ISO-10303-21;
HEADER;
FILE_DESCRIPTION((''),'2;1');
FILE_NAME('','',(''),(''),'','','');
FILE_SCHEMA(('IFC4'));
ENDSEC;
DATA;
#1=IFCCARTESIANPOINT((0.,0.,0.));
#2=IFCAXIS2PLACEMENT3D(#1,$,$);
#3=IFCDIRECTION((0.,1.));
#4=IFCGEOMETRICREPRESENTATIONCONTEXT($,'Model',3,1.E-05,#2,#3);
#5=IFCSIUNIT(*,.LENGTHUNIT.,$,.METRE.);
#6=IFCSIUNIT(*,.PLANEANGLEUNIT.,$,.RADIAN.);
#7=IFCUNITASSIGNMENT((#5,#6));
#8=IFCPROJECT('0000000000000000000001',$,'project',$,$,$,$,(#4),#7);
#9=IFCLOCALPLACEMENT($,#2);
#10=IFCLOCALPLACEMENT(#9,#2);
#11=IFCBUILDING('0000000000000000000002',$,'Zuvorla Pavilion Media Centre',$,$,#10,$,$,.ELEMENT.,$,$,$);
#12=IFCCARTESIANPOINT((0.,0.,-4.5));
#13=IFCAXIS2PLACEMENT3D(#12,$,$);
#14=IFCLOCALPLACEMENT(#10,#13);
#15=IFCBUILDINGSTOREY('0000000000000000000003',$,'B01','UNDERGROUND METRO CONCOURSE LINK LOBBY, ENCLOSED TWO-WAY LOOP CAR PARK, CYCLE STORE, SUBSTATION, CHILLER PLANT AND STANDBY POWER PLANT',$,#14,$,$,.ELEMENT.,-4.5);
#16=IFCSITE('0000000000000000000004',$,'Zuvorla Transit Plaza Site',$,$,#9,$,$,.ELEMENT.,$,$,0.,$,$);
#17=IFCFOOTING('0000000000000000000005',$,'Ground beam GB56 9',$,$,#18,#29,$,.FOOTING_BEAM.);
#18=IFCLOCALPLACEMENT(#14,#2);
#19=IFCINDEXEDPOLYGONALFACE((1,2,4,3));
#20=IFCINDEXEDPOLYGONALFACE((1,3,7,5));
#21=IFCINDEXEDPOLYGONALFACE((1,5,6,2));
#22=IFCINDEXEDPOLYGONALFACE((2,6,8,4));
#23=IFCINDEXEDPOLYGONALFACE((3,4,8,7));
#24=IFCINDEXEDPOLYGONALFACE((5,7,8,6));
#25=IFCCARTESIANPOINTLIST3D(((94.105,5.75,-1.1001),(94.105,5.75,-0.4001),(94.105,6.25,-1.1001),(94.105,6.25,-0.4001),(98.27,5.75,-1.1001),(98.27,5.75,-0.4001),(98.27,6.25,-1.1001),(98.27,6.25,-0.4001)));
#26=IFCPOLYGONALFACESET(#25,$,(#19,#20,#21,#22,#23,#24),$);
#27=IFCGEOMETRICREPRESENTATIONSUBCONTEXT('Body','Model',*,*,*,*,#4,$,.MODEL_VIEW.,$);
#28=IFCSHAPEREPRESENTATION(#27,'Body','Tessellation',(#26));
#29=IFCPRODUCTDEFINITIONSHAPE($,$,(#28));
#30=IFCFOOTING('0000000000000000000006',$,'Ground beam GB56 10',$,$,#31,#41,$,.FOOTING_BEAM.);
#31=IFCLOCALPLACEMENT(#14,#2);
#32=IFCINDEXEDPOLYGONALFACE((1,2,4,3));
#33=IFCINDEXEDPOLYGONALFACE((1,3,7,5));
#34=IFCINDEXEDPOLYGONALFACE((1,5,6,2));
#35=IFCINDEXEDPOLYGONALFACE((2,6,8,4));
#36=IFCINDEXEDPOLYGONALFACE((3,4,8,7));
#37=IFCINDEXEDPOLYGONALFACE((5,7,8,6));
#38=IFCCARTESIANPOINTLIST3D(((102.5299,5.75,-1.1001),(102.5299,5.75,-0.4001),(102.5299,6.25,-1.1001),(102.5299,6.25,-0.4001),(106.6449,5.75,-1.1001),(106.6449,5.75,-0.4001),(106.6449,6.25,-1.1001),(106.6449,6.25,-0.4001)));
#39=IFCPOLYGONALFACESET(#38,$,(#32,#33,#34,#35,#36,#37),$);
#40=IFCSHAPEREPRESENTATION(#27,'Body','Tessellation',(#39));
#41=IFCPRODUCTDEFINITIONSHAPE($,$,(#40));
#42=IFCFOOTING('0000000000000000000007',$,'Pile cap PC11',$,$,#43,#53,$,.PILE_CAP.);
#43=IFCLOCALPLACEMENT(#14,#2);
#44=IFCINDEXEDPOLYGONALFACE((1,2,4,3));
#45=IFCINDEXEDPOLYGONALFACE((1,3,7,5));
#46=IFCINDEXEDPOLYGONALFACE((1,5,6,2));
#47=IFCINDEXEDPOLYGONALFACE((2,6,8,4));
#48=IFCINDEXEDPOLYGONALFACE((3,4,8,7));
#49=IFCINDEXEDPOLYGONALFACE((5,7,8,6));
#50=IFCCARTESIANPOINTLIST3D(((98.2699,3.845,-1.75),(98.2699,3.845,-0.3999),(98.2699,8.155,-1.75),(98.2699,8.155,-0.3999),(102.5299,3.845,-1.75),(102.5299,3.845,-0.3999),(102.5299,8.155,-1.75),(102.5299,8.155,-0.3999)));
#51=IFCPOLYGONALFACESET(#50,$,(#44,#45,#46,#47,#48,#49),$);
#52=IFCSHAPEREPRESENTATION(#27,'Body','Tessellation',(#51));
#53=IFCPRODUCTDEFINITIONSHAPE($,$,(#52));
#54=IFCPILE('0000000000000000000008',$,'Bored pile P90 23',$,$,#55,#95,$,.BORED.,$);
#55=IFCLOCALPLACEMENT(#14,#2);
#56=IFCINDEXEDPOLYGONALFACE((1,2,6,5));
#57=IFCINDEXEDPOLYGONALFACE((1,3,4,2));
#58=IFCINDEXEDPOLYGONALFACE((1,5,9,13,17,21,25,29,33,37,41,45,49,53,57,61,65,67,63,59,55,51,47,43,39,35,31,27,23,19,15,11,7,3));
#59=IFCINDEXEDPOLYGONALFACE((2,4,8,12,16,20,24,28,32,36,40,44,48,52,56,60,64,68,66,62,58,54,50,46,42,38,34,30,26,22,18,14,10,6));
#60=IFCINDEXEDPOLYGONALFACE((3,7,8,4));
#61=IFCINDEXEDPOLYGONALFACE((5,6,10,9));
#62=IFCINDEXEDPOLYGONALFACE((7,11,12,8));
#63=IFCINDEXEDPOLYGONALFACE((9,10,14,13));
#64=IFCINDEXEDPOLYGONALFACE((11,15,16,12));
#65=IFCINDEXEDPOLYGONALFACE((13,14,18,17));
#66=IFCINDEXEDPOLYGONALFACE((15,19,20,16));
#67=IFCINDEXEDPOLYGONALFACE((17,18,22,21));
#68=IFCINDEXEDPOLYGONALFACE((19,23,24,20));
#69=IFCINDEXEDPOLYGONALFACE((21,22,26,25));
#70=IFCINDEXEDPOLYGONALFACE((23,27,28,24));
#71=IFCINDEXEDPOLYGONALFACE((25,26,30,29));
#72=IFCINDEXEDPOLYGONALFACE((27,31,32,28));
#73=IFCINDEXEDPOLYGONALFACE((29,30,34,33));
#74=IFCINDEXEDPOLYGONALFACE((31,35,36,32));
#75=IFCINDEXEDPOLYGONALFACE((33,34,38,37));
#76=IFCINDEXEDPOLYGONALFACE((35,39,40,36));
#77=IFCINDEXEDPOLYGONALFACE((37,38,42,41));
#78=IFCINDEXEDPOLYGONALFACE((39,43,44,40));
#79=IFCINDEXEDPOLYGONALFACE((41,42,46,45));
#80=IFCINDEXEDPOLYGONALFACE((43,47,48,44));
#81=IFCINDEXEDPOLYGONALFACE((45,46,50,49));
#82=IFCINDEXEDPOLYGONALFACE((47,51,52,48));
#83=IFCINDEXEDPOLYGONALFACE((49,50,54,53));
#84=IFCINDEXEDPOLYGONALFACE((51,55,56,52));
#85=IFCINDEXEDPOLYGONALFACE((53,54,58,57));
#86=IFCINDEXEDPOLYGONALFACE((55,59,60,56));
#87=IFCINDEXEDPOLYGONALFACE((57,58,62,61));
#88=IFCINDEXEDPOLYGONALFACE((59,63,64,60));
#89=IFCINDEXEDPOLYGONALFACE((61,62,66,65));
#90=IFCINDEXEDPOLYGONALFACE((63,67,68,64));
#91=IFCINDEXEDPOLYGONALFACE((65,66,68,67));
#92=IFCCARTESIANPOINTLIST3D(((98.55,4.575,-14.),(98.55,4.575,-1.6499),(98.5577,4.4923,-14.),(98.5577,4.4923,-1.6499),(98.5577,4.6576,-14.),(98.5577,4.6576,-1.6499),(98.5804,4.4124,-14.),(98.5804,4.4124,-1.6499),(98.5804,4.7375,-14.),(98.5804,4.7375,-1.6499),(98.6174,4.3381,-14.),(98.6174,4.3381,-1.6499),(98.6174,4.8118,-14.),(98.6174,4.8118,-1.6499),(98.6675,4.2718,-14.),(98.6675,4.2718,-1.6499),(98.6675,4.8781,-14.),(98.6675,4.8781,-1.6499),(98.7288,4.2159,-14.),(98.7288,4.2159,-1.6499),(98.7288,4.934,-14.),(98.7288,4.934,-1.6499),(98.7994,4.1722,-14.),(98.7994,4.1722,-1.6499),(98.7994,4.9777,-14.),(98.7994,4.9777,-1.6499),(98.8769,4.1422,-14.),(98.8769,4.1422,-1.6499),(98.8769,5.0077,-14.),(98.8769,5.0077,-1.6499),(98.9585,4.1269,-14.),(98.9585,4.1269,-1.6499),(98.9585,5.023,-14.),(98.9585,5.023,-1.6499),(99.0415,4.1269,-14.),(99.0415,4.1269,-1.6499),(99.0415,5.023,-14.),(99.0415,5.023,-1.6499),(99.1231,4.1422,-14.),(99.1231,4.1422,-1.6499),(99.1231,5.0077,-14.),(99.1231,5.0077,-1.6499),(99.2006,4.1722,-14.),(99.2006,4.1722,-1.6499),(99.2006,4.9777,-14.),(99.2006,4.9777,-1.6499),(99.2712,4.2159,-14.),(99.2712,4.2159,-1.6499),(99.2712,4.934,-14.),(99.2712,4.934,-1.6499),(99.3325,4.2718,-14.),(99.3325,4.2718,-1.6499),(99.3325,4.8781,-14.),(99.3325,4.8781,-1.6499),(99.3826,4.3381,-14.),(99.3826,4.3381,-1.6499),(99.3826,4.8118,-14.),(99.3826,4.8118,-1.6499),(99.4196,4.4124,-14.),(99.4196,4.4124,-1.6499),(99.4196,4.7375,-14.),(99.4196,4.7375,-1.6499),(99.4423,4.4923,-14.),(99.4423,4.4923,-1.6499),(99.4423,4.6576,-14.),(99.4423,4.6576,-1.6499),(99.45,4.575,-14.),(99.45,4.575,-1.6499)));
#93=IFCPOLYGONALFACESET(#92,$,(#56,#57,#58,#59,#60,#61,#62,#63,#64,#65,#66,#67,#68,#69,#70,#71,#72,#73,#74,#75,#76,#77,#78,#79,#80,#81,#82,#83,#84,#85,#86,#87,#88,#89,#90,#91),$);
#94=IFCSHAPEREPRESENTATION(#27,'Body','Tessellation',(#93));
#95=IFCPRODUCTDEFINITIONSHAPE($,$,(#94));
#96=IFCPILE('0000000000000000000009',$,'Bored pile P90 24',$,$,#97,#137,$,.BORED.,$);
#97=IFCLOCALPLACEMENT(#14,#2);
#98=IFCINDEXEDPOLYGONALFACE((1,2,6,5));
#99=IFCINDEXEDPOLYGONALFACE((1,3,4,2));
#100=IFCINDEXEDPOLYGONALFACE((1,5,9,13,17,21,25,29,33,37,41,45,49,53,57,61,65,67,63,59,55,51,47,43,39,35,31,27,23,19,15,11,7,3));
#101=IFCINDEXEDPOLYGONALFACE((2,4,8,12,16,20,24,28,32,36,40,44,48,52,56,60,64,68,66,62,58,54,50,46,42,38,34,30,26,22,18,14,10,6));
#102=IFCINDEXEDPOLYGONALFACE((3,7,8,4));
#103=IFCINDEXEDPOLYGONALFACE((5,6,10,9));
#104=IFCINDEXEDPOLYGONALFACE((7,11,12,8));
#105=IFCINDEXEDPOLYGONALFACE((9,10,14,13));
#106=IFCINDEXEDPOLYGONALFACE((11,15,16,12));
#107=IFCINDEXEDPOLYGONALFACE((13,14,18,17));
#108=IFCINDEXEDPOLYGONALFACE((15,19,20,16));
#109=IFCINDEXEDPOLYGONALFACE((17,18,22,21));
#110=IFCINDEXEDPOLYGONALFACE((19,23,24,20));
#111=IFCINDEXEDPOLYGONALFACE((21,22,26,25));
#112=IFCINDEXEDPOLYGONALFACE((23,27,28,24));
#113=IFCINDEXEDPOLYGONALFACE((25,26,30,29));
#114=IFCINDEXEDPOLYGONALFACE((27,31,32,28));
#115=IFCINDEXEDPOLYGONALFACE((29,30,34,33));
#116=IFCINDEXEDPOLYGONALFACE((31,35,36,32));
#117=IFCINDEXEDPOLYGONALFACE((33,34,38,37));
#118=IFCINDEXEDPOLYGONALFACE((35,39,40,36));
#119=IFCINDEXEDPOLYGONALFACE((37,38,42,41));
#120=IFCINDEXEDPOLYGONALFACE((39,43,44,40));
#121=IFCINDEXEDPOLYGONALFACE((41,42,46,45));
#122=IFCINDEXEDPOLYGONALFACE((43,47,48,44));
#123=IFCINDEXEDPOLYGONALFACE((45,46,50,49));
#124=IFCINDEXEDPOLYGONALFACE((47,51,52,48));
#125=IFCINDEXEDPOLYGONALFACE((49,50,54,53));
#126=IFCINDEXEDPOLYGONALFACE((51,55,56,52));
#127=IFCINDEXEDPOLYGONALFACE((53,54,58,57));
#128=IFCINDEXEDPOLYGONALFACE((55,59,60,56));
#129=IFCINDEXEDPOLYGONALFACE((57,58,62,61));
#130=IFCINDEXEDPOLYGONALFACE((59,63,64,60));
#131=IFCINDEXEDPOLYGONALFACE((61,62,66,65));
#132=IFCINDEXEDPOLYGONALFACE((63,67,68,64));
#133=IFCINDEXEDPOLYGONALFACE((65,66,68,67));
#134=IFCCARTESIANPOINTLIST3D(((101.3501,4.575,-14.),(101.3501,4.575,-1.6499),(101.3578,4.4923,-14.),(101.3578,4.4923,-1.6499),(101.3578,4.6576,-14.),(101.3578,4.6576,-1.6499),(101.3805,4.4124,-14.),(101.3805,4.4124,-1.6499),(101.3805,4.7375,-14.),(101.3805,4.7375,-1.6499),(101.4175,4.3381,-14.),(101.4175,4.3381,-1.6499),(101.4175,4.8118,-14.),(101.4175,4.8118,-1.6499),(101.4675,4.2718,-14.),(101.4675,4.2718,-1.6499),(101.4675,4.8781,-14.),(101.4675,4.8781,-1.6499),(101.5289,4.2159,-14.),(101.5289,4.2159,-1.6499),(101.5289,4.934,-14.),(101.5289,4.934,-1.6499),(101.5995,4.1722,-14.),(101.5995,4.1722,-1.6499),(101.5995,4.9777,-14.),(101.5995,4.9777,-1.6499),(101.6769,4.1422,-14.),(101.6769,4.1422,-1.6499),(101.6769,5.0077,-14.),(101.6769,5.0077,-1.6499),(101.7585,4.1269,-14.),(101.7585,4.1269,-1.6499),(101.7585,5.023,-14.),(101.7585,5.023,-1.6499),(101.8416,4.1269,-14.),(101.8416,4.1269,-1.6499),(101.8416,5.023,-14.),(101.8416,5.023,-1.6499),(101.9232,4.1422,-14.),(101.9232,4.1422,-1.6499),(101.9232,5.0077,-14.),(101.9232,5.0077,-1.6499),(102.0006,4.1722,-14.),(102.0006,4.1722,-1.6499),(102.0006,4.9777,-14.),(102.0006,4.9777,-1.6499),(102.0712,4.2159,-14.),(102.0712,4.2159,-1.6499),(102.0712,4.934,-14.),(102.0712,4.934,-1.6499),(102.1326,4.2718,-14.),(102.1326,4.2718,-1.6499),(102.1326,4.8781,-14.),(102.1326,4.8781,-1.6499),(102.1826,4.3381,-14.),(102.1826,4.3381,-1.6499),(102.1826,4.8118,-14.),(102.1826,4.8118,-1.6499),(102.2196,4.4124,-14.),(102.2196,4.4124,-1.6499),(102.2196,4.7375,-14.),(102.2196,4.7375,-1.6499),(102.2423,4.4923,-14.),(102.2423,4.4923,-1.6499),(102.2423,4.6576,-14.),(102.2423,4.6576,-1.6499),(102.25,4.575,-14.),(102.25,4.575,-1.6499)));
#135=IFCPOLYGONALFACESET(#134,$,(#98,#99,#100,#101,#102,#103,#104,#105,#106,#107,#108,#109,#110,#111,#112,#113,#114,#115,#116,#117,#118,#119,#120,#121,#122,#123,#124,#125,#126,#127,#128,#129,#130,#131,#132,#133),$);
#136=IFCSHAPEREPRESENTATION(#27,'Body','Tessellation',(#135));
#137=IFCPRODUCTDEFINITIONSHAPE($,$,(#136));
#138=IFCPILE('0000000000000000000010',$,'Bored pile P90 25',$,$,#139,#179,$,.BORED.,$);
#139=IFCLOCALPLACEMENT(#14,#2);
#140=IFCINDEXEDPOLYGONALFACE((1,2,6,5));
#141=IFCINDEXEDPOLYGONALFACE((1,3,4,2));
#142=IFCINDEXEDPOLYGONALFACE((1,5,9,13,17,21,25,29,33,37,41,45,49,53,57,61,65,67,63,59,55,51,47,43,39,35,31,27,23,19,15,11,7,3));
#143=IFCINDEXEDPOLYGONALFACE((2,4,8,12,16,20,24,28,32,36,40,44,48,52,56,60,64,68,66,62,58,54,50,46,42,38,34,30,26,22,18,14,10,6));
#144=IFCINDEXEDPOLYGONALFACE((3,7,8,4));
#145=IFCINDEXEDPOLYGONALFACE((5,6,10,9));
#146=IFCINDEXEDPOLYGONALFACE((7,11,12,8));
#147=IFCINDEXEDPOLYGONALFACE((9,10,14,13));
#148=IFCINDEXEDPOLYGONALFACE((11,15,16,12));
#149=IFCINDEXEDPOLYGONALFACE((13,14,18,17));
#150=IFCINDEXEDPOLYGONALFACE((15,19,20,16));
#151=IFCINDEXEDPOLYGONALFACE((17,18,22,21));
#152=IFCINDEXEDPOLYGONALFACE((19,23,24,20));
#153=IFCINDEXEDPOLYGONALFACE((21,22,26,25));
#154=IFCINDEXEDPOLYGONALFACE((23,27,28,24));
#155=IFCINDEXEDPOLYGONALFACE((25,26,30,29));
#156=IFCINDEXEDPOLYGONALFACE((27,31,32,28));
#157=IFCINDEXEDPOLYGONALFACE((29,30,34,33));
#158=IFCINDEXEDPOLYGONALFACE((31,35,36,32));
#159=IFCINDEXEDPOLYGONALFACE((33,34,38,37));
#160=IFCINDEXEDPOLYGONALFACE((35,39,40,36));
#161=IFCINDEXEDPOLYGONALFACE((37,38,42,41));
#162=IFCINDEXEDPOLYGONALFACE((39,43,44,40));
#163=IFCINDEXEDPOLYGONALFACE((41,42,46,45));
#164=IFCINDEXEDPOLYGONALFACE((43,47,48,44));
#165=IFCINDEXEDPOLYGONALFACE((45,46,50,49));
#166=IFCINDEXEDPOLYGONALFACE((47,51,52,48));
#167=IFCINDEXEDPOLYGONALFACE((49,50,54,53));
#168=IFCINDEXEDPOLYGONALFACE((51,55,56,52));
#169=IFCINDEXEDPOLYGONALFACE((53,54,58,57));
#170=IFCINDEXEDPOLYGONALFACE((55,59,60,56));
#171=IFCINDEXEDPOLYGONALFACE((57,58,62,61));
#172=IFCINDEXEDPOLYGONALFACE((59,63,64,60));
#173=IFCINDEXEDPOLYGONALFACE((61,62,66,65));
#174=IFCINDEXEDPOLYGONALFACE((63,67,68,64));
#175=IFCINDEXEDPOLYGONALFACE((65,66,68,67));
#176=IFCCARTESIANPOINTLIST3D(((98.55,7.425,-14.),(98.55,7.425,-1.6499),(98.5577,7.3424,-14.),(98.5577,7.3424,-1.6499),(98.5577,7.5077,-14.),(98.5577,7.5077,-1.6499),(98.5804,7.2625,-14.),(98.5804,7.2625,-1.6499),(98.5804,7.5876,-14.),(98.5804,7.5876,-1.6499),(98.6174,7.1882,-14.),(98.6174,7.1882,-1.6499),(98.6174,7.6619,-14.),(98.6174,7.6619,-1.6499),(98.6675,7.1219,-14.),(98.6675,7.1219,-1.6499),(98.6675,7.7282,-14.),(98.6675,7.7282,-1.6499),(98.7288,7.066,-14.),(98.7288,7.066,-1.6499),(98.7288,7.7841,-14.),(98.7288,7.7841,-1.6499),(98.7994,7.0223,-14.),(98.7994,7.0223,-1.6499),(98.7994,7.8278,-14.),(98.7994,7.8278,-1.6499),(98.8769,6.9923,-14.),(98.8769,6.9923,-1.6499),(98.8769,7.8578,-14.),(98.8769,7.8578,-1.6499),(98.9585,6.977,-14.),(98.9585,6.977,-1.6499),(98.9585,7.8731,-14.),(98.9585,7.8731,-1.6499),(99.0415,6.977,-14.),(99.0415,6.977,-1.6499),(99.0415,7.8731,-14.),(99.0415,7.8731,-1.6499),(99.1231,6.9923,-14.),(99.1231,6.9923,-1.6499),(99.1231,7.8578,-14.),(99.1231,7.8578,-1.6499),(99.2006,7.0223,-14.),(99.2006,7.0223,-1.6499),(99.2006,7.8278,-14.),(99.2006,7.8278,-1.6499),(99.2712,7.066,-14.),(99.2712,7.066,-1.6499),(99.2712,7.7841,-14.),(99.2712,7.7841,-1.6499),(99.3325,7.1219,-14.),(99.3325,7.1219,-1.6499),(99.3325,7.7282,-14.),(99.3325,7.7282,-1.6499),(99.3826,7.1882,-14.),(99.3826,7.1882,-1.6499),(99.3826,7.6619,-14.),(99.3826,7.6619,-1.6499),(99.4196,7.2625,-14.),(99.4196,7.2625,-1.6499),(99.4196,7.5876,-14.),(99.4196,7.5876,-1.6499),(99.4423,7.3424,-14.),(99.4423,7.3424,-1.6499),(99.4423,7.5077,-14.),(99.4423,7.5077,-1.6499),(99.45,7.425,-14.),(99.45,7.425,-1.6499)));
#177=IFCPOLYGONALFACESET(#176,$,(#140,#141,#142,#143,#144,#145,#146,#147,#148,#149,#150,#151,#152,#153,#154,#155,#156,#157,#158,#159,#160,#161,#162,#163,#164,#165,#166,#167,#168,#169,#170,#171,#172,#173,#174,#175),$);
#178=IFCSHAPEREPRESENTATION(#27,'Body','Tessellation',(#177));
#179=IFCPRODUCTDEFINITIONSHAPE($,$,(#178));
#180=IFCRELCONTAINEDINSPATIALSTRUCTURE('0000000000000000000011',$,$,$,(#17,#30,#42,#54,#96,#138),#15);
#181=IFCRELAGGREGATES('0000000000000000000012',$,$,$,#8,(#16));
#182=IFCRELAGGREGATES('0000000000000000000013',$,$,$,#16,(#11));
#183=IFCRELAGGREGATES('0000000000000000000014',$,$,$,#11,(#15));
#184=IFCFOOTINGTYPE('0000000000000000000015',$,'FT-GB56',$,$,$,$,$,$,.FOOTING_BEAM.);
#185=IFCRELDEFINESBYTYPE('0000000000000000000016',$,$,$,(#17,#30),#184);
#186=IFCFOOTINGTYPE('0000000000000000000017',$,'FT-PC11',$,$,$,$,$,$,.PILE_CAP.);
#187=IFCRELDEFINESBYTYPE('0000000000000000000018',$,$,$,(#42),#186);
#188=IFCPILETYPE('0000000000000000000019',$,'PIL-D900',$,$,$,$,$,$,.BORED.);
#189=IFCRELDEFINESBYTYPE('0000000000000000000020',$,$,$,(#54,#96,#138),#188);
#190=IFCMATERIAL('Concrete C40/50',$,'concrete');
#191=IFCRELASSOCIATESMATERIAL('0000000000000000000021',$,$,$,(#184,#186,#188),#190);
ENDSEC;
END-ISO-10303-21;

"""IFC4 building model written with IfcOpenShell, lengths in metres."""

from ifc_helpers import new_model, si_unit, direction, frame, origin, origin_2d, place, context, subcontext, project, spatial, rectangle, circle, extrude, material, material_profile, profile_set, type_object, element, save


model = new_model("IFC4")

# Units and contexts
model_context = context("Model", 3, precision=1e-05, world=origin(), true_north=direction((0.0, 1.0)))
body_context = subcontext(model_context, "Body", "Model", "MODEL_VIEW")
ifc_project = project(units=[si_unit("LENGTHUNIT", "METRE"), si_unit("PLANEANGLEUNIT", "RADIAN")], contexts=[model_context])

# Site, building, storey
site_placement = place(None, origin())
site = spatial("IfcSite", under=ifc_project, at=site_placement, Name="Zuvorla Transit Plaza Site", CompositionType="ELEMENT", RefElevation=0.0)
building_placement = place(site_placement, origin())
building = spatial("IfcBuilding", under=site, at=building_placement, Name="Zuvorla Pavilion Media Centre", CompositionType="ELEMENT")
storey_placement = place(building_placement, frame((0.0, 0.0, -4.5)))
storey = spatial("IfcBuildingStorey", under=building, at=storey_placement, Name="B01", Description="UNDERGROUND METRO CONCOURSE LINK LOBBY, ENCLOSED TWO-WAY LOOP CAR PARK, CYCLE STORE, SUBSTATION, CHILLER PLANT AND STANDBY POWER PLANT", CompositionType="ELEMENT", Elevation=-4.5)

# Footings
ifc_material_1 = material(Name="Concrete C40/50", Category="concrete")
footing_type_1 = type_object("IfcFootingType", Name="FT-GB56", PredefinedType="FOOTING_BEAM", material=ifc_material_1)
footing_1_placement = place(storey_placement, frame((96.1875, 6.0, -1.1001), z_axis=(0.0, 0.0, 1.0), x_axis=(1.0, 0.0, 0.0)))
element("IfcFooting", 1, at=footing_1_placement, inside=storey, type_object=footing_type_1, Name="Ground beam GB56 9", PredefinedType="FOOTING_BEAM", context=body_context, shape_type="SweptSolid", body=[
    extrude(rectangle(XDim=4.165, YDim=0.5, at=origin_2d()), origin(), (0.0, 0.0, 1.0), 0.7),
])
footing_2_placement = place(storey_placement, frame((104.5874, 6.0, -1.1001), z_axis=(0.0, 0.0, 1.0), x_axis=(1.0, 0.0, 0.0)))
element("IfcFooting", 2, at=footing_2_placement, inside=storey, type_object=footing_type_1, Name="Ground beam GB56 10", PredefinedType="FOOTING_BEAM", context=body_context, shape_type="SweptSolid", body=[
    extrude(rectangle(XDim=4.115, YDim=0.5, at=origin_2d()), origin(), (0.0, 0.0, 1.0), 0.7),
])
footing_type_2 = type_object("IfcFootingType", Name="FT-PC11", PredefinedType="PILE_CAP", material=ifc_material_1)
footing_3_placement = place(storey_placement, frame((100.3999, 6.0, -1.75), z_axis=(0.0, 0.0, 1.0), x_axis=(1.0, 0.0, 0.0)))
element("IfcFooting", 3, at=footing_3_placement, inside=storey, type_object=footing_type_2, Name="Pile cap PC11", PredefinedType="PILE_CAP", context=body_context, shape_type="SweptSolid", body=[
    extrude(rectangle(XDim=4.26, YDim=4.3101, at=origin_2d()), origin(), (0.0, 0.0, 1.0), 1.3501),
])

# Piles
ifc_material_profile_1 = material_profile(ifc_material_1, circle(Radius=0.45, at=origin_2d()), Name="BORED PILE 900")
ifc_profile_set_1 = profile_set([ifc_material_profile_1], Name="Concrete C40/50")
pile_type = type_object("IfcPileType", Name="PIL-D900", PredefinedType="BORED", material=ifc_profile_set_1)
for number, where, z_axis, x_axis, name in (
    (4, (99.0, 4.575, -1.6499), (0.0, 0.0, -1.0), (1.0, 0.0, 0.0), "Bored pile P90 23"),
    (5, (101.8, 4.575, -1.6499), (0.0, 0.0, -1.0), (1.0, 0.0, 0.0), "Bored pile P90 24"),
    (6, (99.0, 7.425, -1.6499), (0.0, 0.0, -1.0), (1.0, 0.0, 0.0), "Bored pile P90 25"),
):
    element("IfcPile", number, at=place(storey_placement, frame(where, z_axis=z_axis, x_axis=x_axis)), inside=storey, type_object=pile_type, Name=name, PredefinedType="BORED", context=body_context, shape_type="SweptSolid", body=[
        extrude(circle(Radius=0.45, at=origin_2d()), origin(), (0.0, 0.0, 1.0), 12.3501),
    ])

save(model, "model.ifc")
